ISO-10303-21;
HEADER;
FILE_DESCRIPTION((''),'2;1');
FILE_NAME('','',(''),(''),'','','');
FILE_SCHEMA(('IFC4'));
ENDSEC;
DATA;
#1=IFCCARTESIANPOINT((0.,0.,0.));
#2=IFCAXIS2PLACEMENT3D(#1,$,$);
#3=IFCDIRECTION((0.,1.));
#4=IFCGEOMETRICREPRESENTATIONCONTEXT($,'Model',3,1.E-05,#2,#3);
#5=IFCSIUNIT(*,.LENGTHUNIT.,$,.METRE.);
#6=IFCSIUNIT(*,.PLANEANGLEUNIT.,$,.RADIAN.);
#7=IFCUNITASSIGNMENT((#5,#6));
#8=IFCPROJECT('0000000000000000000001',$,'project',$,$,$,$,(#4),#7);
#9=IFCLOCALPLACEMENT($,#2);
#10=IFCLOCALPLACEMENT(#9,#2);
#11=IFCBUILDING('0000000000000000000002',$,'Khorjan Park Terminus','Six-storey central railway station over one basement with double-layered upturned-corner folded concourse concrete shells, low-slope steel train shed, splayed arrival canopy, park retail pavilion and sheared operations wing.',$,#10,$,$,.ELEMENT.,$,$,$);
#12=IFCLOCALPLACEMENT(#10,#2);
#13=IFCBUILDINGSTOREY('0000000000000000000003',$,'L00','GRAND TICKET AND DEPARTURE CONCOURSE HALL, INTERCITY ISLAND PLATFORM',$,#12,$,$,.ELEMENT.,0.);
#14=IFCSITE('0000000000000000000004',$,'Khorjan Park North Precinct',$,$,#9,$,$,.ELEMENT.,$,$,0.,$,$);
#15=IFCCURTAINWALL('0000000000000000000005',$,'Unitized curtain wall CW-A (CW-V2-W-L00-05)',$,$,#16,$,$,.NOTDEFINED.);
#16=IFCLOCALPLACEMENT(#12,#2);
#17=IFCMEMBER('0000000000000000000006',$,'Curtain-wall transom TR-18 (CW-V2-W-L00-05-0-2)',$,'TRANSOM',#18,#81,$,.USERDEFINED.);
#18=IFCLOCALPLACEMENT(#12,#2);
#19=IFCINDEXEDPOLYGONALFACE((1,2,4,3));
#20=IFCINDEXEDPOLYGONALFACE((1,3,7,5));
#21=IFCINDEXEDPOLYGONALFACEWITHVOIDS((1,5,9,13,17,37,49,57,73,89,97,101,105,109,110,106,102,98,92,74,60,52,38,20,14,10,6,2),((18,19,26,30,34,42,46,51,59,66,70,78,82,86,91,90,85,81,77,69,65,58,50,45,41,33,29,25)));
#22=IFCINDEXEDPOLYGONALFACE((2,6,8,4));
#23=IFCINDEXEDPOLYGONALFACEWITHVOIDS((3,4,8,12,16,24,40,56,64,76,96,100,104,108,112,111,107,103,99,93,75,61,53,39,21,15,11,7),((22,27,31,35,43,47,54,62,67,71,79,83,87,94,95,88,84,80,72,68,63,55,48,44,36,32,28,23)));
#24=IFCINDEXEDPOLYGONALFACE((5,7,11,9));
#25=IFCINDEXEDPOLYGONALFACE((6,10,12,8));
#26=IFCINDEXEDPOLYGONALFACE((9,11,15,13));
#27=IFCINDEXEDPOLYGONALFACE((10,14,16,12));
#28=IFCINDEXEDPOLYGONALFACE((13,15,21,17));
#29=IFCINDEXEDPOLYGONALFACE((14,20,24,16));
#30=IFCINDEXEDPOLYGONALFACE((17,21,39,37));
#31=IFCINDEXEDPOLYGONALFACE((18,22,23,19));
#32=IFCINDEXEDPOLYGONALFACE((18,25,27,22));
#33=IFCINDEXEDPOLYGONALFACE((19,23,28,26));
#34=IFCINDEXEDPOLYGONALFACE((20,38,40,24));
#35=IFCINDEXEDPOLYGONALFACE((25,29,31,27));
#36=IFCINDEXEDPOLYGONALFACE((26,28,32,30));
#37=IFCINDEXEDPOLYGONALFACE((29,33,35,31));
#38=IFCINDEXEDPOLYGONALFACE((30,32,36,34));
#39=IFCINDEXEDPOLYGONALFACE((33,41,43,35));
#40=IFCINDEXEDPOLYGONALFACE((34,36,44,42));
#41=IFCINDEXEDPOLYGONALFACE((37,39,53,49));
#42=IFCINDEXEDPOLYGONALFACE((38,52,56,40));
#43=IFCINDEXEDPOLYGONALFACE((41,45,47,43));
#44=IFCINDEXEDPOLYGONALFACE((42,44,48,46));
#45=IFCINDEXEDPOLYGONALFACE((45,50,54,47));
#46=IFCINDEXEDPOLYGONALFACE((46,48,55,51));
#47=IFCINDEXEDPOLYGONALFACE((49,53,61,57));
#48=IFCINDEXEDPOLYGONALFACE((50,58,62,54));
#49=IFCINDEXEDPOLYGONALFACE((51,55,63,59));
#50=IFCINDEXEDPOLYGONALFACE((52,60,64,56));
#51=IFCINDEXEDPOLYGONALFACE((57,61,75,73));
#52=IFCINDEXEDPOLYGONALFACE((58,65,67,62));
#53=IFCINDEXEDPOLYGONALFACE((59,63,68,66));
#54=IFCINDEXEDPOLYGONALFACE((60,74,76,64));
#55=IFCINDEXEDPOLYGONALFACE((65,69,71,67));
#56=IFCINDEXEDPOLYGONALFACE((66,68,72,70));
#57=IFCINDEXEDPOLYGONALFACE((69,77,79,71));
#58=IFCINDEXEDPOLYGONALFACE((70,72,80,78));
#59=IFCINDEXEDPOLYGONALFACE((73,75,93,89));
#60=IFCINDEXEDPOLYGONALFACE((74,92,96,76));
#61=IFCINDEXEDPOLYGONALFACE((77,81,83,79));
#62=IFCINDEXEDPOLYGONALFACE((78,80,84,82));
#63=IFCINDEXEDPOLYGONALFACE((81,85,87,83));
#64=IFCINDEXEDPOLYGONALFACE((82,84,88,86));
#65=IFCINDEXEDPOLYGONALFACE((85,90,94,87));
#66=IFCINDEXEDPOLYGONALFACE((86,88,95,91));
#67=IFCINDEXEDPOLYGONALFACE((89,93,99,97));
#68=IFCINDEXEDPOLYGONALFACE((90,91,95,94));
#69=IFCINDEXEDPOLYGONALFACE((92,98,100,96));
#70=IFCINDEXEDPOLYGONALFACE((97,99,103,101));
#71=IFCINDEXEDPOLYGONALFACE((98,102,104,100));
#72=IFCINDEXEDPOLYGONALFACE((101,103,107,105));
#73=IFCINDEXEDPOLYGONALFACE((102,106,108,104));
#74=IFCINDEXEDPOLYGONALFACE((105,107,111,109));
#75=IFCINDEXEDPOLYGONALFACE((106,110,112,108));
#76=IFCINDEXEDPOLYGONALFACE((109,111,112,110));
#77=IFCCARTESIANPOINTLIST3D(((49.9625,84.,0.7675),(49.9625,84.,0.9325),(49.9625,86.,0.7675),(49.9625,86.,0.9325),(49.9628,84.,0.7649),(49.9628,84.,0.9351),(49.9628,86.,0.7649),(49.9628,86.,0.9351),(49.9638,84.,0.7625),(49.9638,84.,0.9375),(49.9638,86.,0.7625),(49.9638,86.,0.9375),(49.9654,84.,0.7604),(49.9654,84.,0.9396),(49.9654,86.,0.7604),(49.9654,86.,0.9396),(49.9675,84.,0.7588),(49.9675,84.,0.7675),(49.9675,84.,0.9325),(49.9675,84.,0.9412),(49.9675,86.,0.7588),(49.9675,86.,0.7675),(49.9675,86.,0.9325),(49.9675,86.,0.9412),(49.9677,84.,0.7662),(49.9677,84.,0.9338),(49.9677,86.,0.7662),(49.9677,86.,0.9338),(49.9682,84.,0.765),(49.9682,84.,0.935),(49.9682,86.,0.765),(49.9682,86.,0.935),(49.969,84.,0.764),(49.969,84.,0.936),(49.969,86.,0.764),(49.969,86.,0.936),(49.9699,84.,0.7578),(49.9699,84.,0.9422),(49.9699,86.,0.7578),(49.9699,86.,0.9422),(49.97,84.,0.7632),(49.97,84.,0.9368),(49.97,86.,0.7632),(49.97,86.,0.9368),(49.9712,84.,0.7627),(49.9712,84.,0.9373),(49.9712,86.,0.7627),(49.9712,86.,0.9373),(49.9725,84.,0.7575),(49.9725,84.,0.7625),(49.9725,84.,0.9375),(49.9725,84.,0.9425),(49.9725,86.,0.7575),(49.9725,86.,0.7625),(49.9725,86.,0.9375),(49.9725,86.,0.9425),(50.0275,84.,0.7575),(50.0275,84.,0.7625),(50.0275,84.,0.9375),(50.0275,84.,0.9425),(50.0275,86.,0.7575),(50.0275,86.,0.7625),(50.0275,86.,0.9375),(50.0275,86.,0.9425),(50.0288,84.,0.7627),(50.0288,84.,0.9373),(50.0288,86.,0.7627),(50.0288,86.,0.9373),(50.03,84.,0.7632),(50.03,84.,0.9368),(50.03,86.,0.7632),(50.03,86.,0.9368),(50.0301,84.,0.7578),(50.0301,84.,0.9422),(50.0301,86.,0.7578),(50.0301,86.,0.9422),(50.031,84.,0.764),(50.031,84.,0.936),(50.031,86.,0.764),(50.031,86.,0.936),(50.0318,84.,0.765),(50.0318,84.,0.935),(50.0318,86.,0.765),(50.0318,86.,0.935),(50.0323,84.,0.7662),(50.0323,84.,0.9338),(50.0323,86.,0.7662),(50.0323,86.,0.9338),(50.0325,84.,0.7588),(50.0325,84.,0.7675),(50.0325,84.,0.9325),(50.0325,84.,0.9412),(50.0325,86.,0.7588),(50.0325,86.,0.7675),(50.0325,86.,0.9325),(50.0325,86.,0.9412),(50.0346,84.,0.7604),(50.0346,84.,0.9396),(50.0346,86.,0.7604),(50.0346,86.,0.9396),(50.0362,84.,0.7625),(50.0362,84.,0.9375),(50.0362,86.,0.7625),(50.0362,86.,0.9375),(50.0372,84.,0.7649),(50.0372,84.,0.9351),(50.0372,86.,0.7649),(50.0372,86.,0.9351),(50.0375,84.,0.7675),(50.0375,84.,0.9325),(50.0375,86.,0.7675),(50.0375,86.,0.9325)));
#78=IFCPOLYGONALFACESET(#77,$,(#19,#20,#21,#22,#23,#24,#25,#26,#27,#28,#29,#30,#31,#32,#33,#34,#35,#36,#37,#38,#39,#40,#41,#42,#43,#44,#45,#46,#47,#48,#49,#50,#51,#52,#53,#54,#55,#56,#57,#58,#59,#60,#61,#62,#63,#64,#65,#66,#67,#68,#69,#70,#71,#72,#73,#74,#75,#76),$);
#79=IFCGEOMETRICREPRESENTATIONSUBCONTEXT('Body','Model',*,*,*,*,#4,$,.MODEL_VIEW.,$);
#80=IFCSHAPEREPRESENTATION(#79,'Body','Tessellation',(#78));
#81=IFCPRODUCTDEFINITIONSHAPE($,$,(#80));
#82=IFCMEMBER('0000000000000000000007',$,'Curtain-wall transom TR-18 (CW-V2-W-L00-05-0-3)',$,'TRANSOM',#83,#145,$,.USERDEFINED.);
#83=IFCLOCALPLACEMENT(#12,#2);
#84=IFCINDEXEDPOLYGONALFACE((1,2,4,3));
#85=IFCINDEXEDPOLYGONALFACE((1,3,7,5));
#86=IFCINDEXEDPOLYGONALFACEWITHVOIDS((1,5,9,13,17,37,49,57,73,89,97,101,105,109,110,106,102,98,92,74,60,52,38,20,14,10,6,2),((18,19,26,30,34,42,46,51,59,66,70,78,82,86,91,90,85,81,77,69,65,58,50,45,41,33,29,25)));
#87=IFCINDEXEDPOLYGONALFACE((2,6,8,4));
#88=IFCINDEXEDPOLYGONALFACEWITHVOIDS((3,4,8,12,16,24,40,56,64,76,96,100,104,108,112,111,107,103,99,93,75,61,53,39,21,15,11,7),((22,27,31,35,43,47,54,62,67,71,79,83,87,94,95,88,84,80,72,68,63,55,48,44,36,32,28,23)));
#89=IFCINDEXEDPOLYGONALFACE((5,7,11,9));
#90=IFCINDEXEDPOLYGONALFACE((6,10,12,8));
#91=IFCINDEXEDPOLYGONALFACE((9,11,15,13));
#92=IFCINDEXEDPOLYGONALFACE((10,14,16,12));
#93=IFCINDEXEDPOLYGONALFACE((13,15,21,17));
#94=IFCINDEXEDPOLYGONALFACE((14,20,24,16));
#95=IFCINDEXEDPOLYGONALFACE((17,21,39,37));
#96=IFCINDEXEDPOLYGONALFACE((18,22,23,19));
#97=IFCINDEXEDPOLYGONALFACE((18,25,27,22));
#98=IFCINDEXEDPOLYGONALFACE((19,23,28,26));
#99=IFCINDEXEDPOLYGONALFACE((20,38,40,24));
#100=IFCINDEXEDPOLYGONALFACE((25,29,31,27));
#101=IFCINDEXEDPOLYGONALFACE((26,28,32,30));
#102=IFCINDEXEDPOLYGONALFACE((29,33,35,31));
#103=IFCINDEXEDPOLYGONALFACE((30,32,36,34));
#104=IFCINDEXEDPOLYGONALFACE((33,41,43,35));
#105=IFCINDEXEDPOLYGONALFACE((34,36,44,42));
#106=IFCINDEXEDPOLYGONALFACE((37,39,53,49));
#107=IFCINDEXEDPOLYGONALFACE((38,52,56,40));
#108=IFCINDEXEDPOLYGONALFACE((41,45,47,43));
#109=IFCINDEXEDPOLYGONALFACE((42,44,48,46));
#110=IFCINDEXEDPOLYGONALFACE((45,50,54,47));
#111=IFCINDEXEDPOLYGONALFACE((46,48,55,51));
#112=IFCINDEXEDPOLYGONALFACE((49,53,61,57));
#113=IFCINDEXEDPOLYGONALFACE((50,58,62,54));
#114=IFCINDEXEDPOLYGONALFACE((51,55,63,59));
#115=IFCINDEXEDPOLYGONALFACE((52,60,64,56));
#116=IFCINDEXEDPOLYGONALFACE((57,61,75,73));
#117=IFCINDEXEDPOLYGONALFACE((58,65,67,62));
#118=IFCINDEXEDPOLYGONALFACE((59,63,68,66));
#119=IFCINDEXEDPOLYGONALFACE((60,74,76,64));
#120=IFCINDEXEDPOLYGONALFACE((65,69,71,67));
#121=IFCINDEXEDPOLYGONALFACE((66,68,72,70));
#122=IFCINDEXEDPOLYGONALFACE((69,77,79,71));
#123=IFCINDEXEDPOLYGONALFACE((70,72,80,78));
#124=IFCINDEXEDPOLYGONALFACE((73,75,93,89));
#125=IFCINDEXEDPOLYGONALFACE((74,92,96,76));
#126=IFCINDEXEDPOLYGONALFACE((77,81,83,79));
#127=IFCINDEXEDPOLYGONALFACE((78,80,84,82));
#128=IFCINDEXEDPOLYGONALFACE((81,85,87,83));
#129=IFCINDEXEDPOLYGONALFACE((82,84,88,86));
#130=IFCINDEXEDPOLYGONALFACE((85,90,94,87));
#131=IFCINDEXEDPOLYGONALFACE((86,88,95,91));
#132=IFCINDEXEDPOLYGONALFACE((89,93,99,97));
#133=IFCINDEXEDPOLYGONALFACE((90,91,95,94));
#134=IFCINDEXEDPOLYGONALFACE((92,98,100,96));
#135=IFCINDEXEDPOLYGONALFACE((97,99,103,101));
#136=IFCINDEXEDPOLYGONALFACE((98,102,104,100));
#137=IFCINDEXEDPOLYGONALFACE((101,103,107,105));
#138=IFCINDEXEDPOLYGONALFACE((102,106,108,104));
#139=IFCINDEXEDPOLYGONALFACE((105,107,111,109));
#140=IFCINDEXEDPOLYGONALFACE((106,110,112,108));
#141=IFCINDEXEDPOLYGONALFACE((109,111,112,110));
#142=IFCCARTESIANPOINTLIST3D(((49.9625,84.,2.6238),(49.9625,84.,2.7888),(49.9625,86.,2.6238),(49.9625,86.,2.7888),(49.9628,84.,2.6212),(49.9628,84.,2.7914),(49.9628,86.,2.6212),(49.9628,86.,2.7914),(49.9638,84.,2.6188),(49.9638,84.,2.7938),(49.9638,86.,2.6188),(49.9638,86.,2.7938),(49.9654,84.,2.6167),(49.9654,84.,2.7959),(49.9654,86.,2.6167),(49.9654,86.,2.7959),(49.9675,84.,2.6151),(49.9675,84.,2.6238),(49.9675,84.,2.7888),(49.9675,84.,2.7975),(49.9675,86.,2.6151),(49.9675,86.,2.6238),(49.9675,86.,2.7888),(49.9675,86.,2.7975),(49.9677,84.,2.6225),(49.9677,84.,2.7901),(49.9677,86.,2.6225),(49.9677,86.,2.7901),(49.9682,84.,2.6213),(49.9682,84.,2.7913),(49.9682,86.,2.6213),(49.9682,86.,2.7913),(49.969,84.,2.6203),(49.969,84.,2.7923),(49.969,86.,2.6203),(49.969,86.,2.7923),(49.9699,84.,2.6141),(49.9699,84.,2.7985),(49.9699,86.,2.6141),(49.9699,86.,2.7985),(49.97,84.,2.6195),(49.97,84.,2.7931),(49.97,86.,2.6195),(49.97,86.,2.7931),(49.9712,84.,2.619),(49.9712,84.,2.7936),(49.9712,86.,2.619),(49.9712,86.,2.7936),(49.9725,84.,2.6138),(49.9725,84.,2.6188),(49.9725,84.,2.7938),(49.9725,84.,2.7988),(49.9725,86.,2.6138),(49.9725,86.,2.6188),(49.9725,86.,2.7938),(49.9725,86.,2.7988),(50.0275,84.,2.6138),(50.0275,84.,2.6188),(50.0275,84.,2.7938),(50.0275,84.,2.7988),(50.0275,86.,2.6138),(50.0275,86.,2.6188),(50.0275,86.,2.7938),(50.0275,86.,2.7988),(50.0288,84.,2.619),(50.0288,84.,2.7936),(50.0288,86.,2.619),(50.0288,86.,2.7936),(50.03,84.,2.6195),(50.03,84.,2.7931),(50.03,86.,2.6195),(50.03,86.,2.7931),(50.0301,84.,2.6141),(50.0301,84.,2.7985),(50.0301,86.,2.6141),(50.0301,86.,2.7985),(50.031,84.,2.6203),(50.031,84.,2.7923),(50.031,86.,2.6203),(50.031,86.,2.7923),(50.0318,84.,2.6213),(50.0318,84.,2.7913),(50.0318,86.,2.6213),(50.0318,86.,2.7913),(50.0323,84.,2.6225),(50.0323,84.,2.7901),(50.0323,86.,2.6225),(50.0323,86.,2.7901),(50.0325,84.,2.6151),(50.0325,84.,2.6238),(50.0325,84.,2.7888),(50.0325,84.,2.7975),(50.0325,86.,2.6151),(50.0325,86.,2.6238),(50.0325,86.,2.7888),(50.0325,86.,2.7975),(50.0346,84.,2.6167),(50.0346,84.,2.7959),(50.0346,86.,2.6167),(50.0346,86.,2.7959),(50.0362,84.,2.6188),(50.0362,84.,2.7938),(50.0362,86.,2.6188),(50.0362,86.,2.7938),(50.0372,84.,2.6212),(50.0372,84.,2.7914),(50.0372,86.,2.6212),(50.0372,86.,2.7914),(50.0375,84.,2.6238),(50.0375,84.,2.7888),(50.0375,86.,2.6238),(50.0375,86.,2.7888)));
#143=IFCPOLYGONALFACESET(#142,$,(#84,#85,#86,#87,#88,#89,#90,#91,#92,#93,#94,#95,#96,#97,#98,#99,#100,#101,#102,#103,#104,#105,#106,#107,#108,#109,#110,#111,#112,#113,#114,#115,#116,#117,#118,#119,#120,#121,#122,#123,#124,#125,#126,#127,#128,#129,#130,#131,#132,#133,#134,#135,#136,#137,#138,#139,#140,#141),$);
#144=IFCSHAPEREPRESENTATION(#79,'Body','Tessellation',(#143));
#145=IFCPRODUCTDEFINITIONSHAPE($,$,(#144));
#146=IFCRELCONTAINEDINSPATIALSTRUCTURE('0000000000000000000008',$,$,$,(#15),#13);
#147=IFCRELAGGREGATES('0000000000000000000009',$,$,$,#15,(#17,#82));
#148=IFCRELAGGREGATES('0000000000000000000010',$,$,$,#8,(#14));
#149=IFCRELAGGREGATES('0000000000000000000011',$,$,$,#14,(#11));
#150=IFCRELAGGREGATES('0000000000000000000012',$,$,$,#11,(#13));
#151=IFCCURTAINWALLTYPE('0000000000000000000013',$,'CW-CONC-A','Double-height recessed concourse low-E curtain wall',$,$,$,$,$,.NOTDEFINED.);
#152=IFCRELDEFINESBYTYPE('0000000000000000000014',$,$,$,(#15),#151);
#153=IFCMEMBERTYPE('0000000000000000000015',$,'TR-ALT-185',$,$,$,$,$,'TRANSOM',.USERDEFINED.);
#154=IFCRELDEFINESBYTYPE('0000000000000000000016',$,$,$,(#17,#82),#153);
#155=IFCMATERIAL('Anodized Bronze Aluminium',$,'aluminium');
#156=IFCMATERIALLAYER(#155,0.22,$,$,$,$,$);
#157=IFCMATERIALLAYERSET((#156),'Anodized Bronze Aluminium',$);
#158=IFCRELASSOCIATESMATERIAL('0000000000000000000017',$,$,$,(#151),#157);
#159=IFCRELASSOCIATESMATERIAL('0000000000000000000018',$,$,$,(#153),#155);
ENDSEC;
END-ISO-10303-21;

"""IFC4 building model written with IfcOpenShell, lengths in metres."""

from ifc_helpers import new_model, si_unit, direction, frame, origin, origin_2d, place, context, subcontext, project, spatial, hollow_rectangle, extrude, material, layer, layer_set, material_profile, profile_set, type_object, element, aggregate, save


model = new_model("IFC4")

# Units and contexts
model_context = context("Model", 3, precision=1e-05, world=origin(), true_north=direction((0.0, 1.0)))
body_context = subcontext(model_context, "Body", "Model", "MODEL_VIEW")
ifc_project = project(units=[si_unit("LENGTHUNIT", "METRE"), si_unit("PLANEANGLEUNIT", "RADIAN")], contexts=[model_context])

# Site, building, storey
site_placement = place(None, origin())
site = spatial("IfcSite", under=ifc_project, at=site_placement, Name="Khorjan Park North Precinct", CompositionType="ELEMENT", RefElevation=0.0)
building_placement = place(site_placement, origin())
building = spatial("IfcBuilding", under=site, at=building_placement, Name="Khorjan Park Terminus", Description="Six-storey central railway station over one basement with double-layered upturned-corner folded concourse concrete shells, low-slope steel train shed, splayed arrival canopy, park retail pavilion and sheared operations wing.", CompositionType="ELEMENT")
storey_placement = place(building_placement, origin())
storey = spatial("IfcBuildingStorey", under=building, at=storey_placement, Name="L00", Description="GRAND TICKET AND DEPARTURE CONCOURSE HALL, INTERCITY ISLAND PLATFORM", CompositionType="ELEMENT", Elevation=0.0)

# Curtain wall, members
ifc_material_1 = material(Name="Anodized Bronze Aluminium", Category="aluminium")
ifc_layer_1 = layer(ifc_material_1, 0.22)
ifc_layer_set_1 = layer_set([ifc_layer_1], Name="Anodized Bronze Aluminium")
curtain_wall_type_1 = type_object("IfcCurtainWallType", Name="CW-CONC-A", Description="Double-height recessed concourse low-E curtain wall", PredefinedType="NOTDEFINED", material=ifc_layer_set_1)
ifc_material_profile_1 = material_profile(ifc_material_1, hollow_rectangle(XDim=0.075, YDim=0.185, WallThickness=0.005, InnerFilletRadius=0.005, OuterFilletRadius=0.01, at=origin_2d()), Name="ALT 75x185x5")
ifc_profile_set_1 = profile_set([ifc_material_profile_1], Name="Anodized Bronze Aluminium")
member_type_1 = type_object("IfcMemberType", Name="TR-ALT-185", ElementType="TRANSOM", PredefinedType="USERDEFINED", material=ifc_profile_set_1)
curtain_wall_1_placement = place(storey_placement, origin())
curtain_wall_1 = element("IfcCurtainWall", 1, at=curtain_wall_1_placement, inside=storey, type_object=curtain_wall_type_1, Name="Unitized curtain wall CW-A (CW-V2-W-L00-05)", PredefinedType="NOTDEFINED")
member_1_placement = place(storey_placement, frame((50.0, 86.0, 0.85), z_axis=(0.0, -1.0, 0.0), x_axis=(1.0, 0.0, 0.0)))
member_1 = element("IfcMember", 2, at=member_1_placement, type_object=member_type_1, Name="Curtain-wall transom TR-18 (CW-V2-W-L00-05-0-2)", ObjectType="TRANSOM", PredefinedType="USERDEFINED", context=body_context, shape_type="SweptSolid", body=[
    extrude(hollow_rectangle(XDim=0.075, YDim=0.185, WallThickness=0.005, InnerFilletRadius=0.005, OuterFilletRadius=0.01, at=origin_2d()), origin(), (0.0, 0.0, 1.0), 2.0),
])
member_2_placement = place(storey_placement, frame((50.0, 86.0, 2.7063), z_axis=(0.0, -1.0, 0.0), x_axis=(1.0, 0.0, 0.0)))
member_2 = element("IfcMember", 3, at=member_2_placement, type_object=member_type_1, Name="Curtain-wall transom TR-18 (CW-V2-W-L00-05-0-3)", ObjectType="TRANSOM", PredefinedType="USERDEFINED", context=body_context, shape_type="SweptSolid", body=[
    extrude(hollow_rectangle(XDim=0.075, YDim=0.185, WallThickness=0.005, InnerFilletRadius=0.005, OuterFilletRadius=0.01, at=origin_2d()), origin(), (0.0, 0.0, 1.0), 2.0),
])
aggregate(curtain_wall_1, [member_1, member_2])

save(model, "model.ifc")
